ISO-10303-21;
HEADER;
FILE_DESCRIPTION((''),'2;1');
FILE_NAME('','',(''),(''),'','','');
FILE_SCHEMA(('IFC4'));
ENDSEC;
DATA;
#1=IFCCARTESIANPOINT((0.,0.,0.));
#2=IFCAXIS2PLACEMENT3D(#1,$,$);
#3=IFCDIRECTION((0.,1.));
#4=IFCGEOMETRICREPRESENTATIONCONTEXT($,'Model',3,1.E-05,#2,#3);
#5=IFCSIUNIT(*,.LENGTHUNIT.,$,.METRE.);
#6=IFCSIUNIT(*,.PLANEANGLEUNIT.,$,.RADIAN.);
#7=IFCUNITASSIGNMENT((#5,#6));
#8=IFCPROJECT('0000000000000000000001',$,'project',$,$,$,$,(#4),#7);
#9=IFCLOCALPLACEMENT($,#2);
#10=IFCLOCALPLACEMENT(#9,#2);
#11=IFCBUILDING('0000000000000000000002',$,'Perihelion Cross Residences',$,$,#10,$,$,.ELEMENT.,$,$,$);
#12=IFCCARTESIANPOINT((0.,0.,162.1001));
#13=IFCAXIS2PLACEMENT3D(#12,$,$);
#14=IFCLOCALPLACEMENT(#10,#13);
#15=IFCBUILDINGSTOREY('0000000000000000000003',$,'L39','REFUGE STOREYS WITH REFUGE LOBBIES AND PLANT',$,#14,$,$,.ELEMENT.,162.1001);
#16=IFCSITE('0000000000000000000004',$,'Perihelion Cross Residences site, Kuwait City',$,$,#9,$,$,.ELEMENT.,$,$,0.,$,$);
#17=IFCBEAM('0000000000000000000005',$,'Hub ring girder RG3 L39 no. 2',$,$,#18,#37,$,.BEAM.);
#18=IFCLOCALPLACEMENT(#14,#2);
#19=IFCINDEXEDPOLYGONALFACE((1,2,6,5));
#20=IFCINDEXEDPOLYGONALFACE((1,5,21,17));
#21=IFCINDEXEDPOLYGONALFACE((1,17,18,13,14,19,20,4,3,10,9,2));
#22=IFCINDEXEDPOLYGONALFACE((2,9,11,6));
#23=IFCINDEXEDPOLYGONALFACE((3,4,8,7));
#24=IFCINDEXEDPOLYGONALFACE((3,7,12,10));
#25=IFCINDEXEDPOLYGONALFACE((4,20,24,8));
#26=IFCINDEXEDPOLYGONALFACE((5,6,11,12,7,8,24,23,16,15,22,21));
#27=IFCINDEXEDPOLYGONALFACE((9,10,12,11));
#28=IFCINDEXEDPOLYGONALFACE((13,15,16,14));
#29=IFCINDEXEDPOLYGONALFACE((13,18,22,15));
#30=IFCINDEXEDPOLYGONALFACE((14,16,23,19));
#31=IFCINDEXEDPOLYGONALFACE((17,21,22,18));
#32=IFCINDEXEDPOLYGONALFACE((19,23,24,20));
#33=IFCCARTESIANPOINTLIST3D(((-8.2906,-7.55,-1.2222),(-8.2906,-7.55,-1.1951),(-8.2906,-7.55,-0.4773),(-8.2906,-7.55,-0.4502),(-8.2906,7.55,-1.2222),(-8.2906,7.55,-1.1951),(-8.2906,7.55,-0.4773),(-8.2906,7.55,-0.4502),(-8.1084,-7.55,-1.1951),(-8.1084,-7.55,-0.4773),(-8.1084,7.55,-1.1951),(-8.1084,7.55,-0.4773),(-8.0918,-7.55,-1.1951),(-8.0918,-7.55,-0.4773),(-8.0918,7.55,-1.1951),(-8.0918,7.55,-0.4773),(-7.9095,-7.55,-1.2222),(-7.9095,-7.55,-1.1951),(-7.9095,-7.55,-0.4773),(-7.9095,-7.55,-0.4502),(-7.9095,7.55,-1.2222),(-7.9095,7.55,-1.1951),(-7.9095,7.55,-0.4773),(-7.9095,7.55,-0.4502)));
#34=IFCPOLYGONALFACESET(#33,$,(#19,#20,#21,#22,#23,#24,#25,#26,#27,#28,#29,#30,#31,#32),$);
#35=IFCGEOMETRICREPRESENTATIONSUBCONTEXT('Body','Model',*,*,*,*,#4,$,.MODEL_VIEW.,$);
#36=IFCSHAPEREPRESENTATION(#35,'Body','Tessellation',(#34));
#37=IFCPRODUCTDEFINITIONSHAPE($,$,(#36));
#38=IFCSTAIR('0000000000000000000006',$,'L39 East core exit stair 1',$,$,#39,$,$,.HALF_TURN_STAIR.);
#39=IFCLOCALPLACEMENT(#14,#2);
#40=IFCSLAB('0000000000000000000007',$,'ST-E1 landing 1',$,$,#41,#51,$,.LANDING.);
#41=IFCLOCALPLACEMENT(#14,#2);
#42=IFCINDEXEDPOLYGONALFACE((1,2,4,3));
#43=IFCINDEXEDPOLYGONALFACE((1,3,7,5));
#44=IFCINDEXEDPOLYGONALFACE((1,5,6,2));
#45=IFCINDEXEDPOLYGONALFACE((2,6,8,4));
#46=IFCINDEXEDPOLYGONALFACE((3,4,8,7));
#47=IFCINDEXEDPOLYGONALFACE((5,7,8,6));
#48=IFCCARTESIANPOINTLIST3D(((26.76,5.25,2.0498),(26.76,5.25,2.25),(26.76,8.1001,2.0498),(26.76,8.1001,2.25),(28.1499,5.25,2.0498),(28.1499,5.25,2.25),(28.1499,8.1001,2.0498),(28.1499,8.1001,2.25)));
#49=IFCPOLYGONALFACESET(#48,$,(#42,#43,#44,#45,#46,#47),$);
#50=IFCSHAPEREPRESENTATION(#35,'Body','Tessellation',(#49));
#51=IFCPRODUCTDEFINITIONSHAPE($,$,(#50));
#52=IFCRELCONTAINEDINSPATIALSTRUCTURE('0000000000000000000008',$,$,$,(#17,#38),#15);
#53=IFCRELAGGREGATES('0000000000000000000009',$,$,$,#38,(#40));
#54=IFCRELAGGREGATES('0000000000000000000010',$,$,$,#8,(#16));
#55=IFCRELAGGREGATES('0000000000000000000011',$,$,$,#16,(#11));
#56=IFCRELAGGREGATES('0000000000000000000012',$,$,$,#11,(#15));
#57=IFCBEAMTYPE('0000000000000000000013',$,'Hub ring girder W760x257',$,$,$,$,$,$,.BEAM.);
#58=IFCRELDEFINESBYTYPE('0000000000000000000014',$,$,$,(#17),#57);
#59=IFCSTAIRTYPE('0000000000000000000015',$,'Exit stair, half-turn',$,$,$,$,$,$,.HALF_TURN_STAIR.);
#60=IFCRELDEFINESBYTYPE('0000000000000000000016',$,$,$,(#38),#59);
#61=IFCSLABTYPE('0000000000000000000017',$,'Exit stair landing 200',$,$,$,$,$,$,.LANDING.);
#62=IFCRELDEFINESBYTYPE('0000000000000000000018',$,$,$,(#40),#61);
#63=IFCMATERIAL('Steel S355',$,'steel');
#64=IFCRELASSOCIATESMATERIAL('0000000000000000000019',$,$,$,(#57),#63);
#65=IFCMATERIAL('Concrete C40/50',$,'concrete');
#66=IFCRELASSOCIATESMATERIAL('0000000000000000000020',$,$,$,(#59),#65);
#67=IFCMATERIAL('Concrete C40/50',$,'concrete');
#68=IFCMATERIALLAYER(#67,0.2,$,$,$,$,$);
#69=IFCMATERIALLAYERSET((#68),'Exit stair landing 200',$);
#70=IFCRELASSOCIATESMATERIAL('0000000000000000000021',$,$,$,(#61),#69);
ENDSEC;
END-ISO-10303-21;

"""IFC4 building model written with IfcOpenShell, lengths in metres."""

from ifc_helpers import new_model, si_unit, direction, frame, origin, origin_2d, place, context, subcontext, project, spatial, polyline, i_section, outline, extrude, material, layer, layer_set, material_profile, profile_set, type_object, element, aggregate, save


model = new_model("IFC4")

# Units and contexts
model_context = context("Model", 3, precision=1e-05, world=origin(), true_north=direction((0.0, 1.0)))
body_context = subcontext(model_context, "Body", "Model", "MODEL_VIEW")
ifc_project = project(units=[si_unit("LENGTHUNIT", "METRE"), si_unit("PLANEANGLEUNIT", "RADIAN")], contexts=[model_context])

# Site, building, storey
site_placement = place(None, origin())
site = spatial("IfcSite", under=ifc_project, at=site_placement, Name="Perihelion Cross Residences site, Kuwait City", CompositionType="ELEMENT", RefElevation=0.0)
building_placement = place(site_placement, origin())
building = spatial("IfcBuilding", under=site, at=building_placement, Name="Perihelion Cross Residences", CompositionType="ELEMENT")
storey_placement = place(building_placement, frame((0.0, 0.0, 162.1001)))
storey = spatial("IfcBuildingStorey", under=building, at=storey_placement, Name="L39", Description="REFUGE STOREYS WITH REFUGE LOBBIES AND PLANT", CompositionType="ELEMENT", Elevation=162.1001)

# Beam
ifc_material_1 = material(Name="Steel S355", Category="steel")
ifc_material_profile_1 = material_profile(ifc_material_1, i_section(OverallWidth=0.3811, OverallDepth=0.772, WebThickness=0.0166, FlangeThickness=0.0271, at=origin_2d()), Name="W760x257")
ifc_profile_set_1 = profile_set([ifc_material_profile_1], Name="Steel S355")
beam_type_1 = type_object("IfcBeamType", Name="Hub ring girder W760x257", PredefinedType="BEAM", material=ifc_profile_set_1)
beam_1_placement = place(storey_placement, frame((-8.1001, 7.55, -0.8362), z_axis=(0.0, -1.0, 0.0), x_axis=(1.0, 0.0, 0.0)))
element("IfcBeam", 1, at=beam_1_placement, inside=storey, type_object=beam_type_1, Name="Hub ring girder RG3 L39 no. 2", PredefinedType="BEAM", context=body_context, shape_type="SweptSolid", body=[
    extrude(i_section(OverallWidth=0.3811, OverallDepth=0.772, WebThickness=0.0166, FlangeThickness=0.0271, at=origin_2d()), origin(), (0.0, 0.0, 1.0), 15.1001),
])

# Stair, slab
ifc_material_2 = material(Name="Concrete C40/50", Category="concrete")
stair_type = type_object("IfcStairType", Name="Exit stair, half-turn", PredefinedType="HALF_TURN_STAIR", material=ifc_material_2)
stair_placement = place(storey_placement, origin())
stair = element("IfcStair", 2, at=stair_placement, inside=storey, type_object=stair_type, Name="L39 East core exit stair 1", PredefinedType="HALF_TURN_STAIR")
ifc_material_3 = material(Name="Concrete C40/50", Category="concrete")
ifc_layer_1 = layer(ifc_material_3, 0.2)
ifc_layer_set_1 = layer_set([ifc_layer_1], Name="Exit stair landing 200")
slab_type_1 = type_object("IfcSlabType", Name="Exit stair landing 200", PredefinedType="LANDING", material=ifc_layer_set_1)
slab_1_placement = place(storey_placement, frame((0.0, 0.0, 2.0498)))
slab_1 = element("IfcSlab", 3, at=slab_1_placement, type_object=slab_type_1, Name="ST-E1 landing 1", PredefinedType="LANDING", context=body_context, shape_type="SweptSolid", body=[
    extrude(outline(polyline([(26.76, 5.25), (28.1499, 5.25), (28.1499, 8.1001), (26.76, 8.1001), (26.76, 5.25)])), origin(), (0.0, 0.0, 1.0), 0.2002),
])
aggregate(stair, [slab_1])

save(model, "model.ifc")
